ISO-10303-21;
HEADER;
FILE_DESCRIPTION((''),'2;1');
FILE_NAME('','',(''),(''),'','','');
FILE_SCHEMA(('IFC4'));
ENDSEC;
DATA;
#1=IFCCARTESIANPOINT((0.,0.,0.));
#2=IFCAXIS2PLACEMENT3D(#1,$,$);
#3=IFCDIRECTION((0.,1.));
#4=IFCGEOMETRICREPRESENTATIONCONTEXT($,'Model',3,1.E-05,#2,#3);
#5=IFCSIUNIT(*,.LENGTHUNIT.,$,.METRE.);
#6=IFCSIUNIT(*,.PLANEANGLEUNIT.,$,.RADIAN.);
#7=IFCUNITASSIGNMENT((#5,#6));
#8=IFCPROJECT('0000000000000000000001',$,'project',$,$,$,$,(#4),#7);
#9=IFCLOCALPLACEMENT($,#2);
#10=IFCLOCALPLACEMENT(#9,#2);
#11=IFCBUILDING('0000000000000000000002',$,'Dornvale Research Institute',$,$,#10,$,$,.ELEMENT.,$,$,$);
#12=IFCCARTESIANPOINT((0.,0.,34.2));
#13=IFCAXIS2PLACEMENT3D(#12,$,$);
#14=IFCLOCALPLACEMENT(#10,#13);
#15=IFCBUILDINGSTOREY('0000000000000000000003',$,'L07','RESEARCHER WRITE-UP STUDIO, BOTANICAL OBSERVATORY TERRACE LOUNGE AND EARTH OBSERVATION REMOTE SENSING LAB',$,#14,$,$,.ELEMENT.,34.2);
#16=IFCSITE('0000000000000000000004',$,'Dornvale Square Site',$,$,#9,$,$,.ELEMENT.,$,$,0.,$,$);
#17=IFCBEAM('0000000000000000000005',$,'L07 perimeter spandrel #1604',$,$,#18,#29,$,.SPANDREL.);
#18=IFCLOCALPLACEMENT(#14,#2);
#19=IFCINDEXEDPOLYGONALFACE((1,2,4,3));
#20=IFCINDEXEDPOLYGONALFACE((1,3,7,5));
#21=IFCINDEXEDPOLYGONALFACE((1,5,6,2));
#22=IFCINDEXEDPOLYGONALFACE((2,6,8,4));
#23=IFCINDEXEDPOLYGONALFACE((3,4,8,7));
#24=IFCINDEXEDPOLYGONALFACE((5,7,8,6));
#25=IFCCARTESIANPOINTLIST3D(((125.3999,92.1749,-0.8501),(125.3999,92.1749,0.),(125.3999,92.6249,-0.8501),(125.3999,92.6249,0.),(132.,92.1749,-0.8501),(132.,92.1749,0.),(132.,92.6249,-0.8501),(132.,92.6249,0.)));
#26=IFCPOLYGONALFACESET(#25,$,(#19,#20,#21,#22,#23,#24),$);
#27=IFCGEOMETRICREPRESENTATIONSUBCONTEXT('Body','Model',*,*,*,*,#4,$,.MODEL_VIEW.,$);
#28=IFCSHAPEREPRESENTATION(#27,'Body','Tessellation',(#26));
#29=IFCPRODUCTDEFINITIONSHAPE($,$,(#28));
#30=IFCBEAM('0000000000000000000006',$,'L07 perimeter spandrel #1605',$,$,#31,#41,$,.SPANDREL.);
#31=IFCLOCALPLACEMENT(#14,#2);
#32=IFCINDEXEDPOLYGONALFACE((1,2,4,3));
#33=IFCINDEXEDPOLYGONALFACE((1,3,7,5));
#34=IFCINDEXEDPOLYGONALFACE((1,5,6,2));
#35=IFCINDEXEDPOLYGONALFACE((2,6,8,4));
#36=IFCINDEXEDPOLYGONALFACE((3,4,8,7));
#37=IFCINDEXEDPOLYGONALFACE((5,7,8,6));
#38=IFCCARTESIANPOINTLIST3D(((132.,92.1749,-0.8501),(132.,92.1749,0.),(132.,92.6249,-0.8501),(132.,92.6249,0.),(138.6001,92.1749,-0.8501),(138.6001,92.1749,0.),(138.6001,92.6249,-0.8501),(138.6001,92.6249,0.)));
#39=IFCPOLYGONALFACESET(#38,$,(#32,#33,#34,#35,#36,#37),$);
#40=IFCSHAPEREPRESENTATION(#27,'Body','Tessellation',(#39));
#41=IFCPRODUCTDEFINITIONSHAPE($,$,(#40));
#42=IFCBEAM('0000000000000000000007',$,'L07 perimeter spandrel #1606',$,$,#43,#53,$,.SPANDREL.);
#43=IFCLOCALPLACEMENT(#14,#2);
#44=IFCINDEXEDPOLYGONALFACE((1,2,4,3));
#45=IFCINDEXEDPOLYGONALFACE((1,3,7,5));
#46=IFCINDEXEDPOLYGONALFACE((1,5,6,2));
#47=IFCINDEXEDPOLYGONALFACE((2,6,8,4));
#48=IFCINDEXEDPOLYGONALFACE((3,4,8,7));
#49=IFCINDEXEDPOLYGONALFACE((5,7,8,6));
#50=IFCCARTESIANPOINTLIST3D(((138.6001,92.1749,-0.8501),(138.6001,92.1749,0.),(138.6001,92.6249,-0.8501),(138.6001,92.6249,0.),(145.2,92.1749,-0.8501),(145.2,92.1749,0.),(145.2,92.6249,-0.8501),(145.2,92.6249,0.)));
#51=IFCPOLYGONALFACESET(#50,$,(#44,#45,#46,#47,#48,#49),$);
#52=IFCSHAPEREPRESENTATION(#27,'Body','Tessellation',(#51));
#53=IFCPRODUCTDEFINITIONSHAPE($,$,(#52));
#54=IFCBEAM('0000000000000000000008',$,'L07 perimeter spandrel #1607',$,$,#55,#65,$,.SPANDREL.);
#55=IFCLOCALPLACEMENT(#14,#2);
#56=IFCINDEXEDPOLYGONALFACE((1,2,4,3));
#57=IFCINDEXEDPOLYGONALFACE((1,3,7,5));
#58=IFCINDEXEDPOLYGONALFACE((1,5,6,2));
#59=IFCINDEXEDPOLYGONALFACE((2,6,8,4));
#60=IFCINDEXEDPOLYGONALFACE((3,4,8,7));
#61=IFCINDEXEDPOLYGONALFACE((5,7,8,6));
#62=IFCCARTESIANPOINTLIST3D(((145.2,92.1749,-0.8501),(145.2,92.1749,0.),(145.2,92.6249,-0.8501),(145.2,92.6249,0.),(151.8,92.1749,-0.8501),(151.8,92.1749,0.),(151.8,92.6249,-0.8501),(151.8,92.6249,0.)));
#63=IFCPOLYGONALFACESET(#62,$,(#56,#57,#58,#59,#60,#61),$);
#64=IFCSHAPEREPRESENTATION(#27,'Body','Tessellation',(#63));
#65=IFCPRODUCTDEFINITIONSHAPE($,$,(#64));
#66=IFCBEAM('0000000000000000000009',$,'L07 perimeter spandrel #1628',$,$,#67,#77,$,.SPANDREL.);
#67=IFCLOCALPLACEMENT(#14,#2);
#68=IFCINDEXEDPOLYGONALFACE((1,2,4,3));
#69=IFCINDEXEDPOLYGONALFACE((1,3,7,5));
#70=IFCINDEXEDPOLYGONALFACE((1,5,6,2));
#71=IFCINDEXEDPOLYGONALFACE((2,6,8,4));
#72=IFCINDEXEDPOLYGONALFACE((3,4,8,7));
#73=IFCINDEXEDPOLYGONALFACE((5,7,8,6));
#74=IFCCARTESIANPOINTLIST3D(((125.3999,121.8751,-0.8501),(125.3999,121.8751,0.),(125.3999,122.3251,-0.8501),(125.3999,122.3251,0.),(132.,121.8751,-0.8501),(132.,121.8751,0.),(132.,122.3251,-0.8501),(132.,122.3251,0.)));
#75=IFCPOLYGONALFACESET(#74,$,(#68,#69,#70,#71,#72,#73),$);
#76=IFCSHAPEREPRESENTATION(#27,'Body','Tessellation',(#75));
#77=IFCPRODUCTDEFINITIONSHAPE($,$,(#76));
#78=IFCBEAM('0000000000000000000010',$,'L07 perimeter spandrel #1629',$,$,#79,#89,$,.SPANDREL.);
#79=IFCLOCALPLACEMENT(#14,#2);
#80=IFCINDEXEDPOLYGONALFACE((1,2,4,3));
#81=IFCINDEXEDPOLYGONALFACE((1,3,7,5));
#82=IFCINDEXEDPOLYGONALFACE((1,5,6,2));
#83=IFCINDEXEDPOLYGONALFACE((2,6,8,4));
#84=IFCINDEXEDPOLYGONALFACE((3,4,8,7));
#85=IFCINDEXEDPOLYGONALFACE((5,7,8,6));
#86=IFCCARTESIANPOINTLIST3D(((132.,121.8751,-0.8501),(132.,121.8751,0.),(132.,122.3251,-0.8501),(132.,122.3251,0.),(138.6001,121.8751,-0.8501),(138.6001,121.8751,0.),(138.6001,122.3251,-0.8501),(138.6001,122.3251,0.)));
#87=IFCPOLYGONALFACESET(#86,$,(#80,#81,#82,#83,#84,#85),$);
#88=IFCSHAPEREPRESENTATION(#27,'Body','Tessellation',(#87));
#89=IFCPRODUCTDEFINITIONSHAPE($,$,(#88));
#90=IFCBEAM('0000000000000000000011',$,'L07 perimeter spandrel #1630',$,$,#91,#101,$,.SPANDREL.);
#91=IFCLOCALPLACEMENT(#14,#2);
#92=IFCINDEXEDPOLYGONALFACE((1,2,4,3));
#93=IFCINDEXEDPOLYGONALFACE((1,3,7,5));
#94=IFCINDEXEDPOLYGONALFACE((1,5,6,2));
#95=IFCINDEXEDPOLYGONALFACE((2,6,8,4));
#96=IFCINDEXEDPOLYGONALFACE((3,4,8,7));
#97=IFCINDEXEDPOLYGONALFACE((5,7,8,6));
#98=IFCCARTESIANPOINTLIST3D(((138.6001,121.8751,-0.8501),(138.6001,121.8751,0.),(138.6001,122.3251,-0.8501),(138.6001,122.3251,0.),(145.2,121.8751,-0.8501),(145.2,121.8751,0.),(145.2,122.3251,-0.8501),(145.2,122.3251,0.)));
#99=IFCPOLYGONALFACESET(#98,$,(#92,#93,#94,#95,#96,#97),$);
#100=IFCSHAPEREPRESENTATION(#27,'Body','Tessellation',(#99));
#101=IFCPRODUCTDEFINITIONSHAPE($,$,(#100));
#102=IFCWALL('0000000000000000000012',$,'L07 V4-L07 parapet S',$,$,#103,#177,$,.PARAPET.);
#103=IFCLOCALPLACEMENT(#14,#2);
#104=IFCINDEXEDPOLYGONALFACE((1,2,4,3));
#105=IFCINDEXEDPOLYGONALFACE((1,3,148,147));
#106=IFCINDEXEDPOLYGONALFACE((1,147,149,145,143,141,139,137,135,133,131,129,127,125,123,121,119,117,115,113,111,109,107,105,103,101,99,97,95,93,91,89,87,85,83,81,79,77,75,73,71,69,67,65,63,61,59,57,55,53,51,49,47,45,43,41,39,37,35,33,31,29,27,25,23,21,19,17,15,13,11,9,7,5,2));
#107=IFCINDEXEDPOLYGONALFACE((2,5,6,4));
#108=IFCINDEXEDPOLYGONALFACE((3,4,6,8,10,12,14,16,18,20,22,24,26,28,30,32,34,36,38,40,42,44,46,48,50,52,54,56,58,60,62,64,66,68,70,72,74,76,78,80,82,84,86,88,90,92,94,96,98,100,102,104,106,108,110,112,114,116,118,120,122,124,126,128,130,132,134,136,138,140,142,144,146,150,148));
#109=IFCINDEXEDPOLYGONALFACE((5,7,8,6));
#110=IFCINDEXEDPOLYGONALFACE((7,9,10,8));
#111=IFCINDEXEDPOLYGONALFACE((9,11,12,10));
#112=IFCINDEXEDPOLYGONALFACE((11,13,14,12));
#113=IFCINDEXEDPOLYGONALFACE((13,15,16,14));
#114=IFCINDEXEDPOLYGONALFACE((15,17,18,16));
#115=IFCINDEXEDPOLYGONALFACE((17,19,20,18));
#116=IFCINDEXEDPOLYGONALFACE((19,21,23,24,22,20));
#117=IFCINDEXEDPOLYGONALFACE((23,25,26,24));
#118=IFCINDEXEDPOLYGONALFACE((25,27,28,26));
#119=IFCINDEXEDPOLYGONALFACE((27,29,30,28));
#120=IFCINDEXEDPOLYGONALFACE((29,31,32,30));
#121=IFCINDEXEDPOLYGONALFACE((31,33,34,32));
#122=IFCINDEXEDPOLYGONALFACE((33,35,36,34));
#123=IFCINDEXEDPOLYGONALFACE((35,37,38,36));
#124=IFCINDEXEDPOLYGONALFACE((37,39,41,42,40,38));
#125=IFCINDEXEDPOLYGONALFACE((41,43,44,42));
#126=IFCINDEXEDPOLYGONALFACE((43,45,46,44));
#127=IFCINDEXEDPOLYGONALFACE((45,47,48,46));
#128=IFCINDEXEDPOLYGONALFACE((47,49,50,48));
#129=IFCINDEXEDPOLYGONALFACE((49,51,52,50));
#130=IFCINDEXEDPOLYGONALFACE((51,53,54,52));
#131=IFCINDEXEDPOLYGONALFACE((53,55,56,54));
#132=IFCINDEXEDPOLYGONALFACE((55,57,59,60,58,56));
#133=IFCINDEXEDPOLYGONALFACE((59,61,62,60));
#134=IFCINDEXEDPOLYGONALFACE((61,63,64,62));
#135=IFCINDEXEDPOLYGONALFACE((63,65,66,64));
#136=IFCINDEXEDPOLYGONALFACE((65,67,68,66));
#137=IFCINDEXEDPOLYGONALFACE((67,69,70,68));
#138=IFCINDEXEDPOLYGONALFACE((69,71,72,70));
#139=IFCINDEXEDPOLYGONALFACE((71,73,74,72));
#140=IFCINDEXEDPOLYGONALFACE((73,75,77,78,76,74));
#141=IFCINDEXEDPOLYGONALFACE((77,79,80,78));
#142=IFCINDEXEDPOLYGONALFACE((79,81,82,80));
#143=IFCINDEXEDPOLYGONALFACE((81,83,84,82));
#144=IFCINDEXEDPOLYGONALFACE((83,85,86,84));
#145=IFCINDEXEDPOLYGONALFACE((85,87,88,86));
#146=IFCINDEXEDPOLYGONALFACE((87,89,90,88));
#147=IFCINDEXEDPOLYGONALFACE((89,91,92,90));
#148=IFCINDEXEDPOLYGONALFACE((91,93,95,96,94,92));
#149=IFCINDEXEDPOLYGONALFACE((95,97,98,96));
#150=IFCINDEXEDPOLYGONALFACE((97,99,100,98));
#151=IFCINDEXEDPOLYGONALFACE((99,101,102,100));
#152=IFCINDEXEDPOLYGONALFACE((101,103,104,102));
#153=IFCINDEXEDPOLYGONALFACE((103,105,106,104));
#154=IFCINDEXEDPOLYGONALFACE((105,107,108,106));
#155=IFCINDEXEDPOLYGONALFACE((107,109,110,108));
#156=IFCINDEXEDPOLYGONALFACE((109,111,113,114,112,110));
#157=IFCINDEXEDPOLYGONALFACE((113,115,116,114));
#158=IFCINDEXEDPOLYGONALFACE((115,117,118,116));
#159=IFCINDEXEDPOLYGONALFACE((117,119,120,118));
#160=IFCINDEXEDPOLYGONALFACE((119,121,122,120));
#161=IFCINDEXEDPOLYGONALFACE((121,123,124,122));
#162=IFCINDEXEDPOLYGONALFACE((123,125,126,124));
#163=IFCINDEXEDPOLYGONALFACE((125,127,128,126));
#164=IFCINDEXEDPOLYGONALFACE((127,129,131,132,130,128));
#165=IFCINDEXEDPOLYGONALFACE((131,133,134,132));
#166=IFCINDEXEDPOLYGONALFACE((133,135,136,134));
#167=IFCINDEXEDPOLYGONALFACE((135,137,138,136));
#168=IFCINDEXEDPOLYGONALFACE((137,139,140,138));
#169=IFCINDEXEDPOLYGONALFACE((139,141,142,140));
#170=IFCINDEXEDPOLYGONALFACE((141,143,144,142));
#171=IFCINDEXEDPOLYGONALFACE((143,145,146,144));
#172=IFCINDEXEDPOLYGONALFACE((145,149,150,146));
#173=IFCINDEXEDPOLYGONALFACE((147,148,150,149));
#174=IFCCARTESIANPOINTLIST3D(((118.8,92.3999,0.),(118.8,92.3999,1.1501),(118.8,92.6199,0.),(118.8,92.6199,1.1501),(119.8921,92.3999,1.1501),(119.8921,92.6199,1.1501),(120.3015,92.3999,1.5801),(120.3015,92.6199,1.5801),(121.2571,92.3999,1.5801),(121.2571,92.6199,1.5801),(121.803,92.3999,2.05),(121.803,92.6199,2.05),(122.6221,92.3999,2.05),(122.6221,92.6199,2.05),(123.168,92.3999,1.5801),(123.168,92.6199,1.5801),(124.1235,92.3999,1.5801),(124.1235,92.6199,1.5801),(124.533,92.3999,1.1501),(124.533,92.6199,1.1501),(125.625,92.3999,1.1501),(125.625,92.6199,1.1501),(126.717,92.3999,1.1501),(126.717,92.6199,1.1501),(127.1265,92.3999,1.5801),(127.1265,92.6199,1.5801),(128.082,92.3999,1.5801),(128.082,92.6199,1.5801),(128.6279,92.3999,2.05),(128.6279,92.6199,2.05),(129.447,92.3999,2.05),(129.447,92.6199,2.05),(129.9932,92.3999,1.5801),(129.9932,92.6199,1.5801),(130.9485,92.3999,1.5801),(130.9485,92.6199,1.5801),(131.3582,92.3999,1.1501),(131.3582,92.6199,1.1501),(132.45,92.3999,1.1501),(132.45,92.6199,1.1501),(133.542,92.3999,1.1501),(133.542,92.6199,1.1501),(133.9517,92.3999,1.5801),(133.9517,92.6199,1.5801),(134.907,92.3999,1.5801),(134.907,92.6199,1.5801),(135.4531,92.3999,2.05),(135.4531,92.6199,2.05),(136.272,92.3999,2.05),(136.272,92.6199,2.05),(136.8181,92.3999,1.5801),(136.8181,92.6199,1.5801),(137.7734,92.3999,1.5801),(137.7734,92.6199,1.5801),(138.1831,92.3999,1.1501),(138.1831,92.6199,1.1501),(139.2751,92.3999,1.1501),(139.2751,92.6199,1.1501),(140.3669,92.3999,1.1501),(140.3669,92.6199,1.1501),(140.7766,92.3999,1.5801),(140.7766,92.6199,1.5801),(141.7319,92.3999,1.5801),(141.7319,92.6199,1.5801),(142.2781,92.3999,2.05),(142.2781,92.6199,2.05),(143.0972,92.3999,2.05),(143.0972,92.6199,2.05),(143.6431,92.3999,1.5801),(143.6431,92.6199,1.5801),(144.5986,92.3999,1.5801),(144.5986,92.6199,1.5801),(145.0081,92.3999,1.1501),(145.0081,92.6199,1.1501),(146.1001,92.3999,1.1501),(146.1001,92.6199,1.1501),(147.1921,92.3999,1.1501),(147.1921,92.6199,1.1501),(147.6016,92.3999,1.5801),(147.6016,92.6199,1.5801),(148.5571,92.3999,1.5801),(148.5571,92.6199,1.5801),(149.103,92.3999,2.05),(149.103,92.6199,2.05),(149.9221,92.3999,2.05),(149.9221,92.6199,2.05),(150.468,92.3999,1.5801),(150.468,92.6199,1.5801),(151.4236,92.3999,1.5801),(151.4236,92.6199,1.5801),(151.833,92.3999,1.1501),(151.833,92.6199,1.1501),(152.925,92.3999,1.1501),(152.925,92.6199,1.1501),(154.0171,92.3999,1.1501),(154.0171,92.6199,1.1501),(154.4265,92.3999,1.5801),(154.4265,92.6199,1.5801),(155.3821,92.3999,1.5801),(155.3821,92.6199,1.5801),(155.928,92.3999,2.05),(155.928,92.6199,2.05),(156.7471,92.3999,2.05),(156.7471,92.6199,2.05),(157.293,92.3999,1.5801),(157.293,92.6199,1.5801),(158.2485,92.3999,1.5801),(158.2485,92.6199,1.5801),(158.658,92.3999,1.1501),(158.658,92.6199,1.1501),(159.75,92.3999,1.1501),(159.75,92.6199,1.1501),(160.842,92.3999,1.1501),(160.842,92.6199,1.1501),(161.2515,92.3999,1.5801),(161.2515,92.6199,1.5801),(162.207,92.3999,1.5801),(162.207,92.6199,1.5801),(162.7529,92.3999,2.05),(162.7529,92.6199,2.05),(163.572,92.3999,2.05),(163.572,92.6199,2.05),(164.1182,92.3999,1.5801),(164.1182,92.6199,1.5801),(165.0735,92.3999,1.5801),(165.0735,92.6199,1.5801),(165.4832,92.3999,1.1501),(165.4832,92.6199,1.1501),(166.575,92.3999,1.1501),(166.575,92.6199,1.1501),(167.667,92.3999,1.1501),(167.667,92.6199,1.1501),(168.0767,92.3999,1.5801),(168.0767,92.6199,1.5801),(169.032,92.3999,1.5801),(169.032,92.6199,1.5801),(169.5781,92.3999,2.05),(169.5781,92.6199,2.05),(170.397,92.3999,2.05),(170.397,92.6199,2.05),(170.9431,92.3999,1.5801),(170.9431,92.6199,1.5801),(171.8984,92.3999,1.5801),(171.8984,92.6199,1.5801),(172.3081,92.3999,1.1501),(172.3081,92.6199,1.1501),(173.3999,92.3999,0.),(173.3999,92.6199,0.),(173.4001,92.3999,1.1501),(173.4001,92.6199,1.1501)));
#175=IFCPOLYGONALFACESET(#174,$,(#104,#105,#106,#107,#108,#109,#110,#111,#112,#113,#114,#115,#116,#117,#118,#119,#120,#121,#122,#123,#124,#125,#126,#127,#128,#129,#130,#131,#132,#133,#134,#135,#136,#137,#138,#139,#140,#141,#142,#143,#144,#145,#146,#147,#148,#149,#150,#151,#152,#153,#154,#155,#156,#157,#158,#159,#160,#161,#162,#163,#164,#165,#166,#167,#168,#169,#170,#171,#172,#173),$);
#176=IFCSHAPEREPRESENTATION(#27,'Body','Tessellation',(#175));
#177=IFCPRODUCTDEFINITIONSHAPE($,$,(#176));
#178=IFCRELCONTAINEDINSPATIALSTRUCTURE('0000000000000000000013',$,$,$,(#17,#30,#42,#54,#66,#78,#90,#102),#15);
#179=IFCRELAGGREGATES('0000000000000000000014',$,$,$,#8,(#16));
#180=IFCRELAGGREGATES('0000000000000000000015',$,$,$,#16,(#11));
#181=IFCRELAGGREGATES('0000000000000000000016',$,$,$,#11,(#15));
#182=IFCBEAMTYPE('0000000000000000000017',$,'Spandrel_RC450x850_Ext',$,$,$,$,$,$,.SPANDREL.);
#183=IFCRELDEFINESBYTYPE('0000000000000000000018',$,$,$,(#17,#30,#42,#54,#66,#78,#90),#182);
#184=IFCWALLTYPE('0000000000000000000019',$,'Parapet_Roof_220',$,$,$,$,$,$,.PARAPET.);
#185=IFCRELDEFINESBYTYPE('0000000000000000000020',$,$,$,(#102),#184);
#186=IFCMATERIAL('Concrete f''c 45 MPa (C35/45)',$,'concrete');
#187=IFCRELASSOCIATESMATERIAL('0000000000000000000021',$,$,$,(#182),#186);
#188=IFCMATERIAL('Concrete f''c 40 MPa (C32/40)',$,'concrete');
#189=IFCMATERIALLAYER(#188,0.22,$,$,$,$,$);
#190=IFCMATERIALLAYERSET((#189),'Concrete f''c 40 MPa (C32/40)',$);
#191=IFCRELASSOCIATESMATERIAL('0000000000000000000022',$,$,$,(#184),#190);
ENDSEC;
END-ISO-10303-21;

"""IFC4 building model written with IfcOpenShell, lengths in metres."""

from ifc_helpers import new_model, si_unit, direction, frame, origin, origin_2d, place, context, subcontext, project, spatial, polyline, rectangle, outline, extrude, material, layer, layer_set, material_profile, profile_set, type_object, element, save


model = new_model("IFC4")

# Units and contexts
model_context = context("Model", 3, precision=1e-05, world=origin(), true_north=direction((0.0, 1.0)))
body_context = subcontext(model_context, "Body", "Model", "MODEL_VIEW")
ifc_project = project(units=[si_unit("LENGTHUNIT", "METRE"), si_unit("PLANEANGLEUNIT", "RADIAN")], contexts=[model_context])

# Site, building, storey
site_placement = place(None, origin())
site = spatial("IfcSite", under=ifc_project, at=site_placement, Name="Dornvale Square Site", CompositionType="ELEMENT", RefElevation=0.0)
building_placement = place(site_placement, origin())
building = spatial("IfcBuilding", under=site, at=building_placement, Name="Dornvale Research Institute", CompositionType="ELEMENT")
storey_placement = place(building_placement, frame((0.0, 0.0, 34.2)))
storey = spatial("IfcBuildingStorey", under=building, at=storey_placement, Name="L07", Description="RESEARCHER WRITE-UP STUDIO, BOTANICAL OBSERVATORY TERRACE LOUNGE AND EARTH OBSERVATION REMOTE SENSING LAB", CompositionType="ELEMENT", Elevation=34.2)

# Beams
ifc_material_1 = material(Name="Concrete f'c 45 MPa (C35/45)", Category="concrete")
ifc_material_profile_1 = material_profile(ifc_material_1, rectangle(XDim=0.45, YDim=0.8501, at=origin_2d()), Name="RC 450x850")
ifc_profile_set_1 = profile_set([ifc_material_profile_1], Name="Concrete f'c 45 MPa (C35/45)")
beam_type_1 = type_object("IfcBeamType", Name="Spandrel_RC450x850_Ext", PredefinedType="SPANDREL", material=ifc_profile_set_1)
for number, where, z_axis, x_axis, name in (
    (1, (125.3999, 92.3999, -0.425), (1.0, 0.0, 0.0), (0.0, 1.0, 0.0), "L07 perimeter spandrel #1604"),
    (2, (132.0, 92.3999, -0.425), (1.0, 0.0, 0.0), (0.0, 1.0, 0.0), "L07 perimeter spandrel #1605"),
):
    element("IfcBeam", number, at=place(storey_placement, frame(where, z_axis=z_axis, x_axis=x_axis)), inside=storey, type_object=beam_type_1, Name=name, PredefinedType="SPANDREL", context=body_context, shape_type="SweptSolid", body=[
        extrude(rectangle(XDim=0.45, YDim=0.8501, at=origin_2d()), origin(), (0.0, 0.0, 1.0), 6.6001),
    ])
beam_1_placement = place(storey_placement, frame((138.6001, 92.3999, -0.425), z_axis=(1.0, 0.0, 0.0), x_axis=(0.0, 1.0, 0.0)))
element("IfcBeam", 3, at=beam_1_placement, inside=storey, type_object=beam_type_1, Name="L07 perimeter spandrel #1606", PredefinedType="SPANDREL", context=body_context, shape_type="SweptSolid", body=[
    extrude(rectangle(XDim=0.45, YDim=0.8501, at=origin_2d()), origin(), (0.0, 0.0, 1.0), 6.5999),
])
for number, where, z_axis, x_axis, name in (
    (4, (145.2, 92.3999, -0.425), (1.0, 0.0, 0.0), (0.0, 1.0, 0.0), "L07 perimeter spandrel #1607"),
    (5, (125.3999, 122.1001, -0.425), (1.0, 0.0, 0.0), (0.0, 1.0, 0.0), "L07 perimeter spandrel #1628"),
    (6, (132.0, 122.1001, -0.425), (1.0, 0.0, 0.0), (0.0, 1.0, 0.0), "L07 perimeter spandrel #1629"),
):
    element("IfcBeam", number, at=place(storey_placement, frame(where, z_axis=z_axis, x_axis=x_axis)), inside=storey, type_object=beam_type_1, Name=name, PredefinedType="SPANDREL", context=body_context, shape_type="SweptSolid", body=[
        extrude(rectangle(XDim=0.45, YDim=0.8501, at=origin_2d()), origin(), (0.0, 0.0, 1.0), 6.6001),
    ])
beam_2_placement = place(storey_placement, frame((138.6001, 122.1001, -0.425), z_axis=(1.0, 0.0, 0.0), x_axis=(0.0, 1.0, 0.0)))
element("IfcBeam", 7, at=beam_2_placement, inside=storey, type_object=beam_type_1, Name="L07 perimeter spandrel #1630", PredefinedType="SPANDREL", context=body_context, shape_type="SweptSolid", body=[
    extrude(rectangle(XDim=0.45, YDim=0.8501, at=origin_2d()), origin(), (0.0, 0.0, 1.0), 6.5999),
])

# Wall
ifc_material_2 = material(Name="Concrete f'c 40 MPa (C32/40)", Category="concrete")
ifc_layer_1 = layer(ifc_material_2, 0.22)
ifc_layer_set_1 = layer_set([ifc_layer_1], Name="Concrete f'c 40 MPa (C32/40)")
wall_type = type_object("IfcWallType", Name="Parapet_Roof_220", PredefinedType="PARAPET", material=ifc_layer_set_1)
wall_1_placement = place(storey_placement, frame((118.8, 92.51, 0.0), z_axis=(0.0, 0.0, 1.0), x_axis=(1.0, 0.0, 0.0)))
element("IfcWall", 8, at=wall_1_placement, inside=storey, type_object=wall_type, Name="L07 V4-L07 parapet S", PredefinedType="PARAPET", context=body_context, shape_type="SweptSolid", body=[
    extrude(outline(polyline([(0.0, 0.0), (54.5999, 0.0), (54.6001, 1.1501), (53.5081, 1.1501), (53.0984, 1.5801), (52.1431, 1.5801), (51.5969, 2.05), (50.7781, 2.05), (50.2319, 1.5801), (49.2766, 1.5801), (48.8669, 1.1501), (47.7749, 1.1501), (46.6831, 1.1501), (46.2734, 1.5801), (45.3181, 1.5801), (44.772, 2.05), (43.9529, 2.05), (43.407, 1.5801), (42.4514, 1.5801), (42.042, 1.1501), (40.95, 1.1501), (39.8579, 1.1501), (39.4485, 1.5801), (38.4929, 1.5801), (37.947, 2.05), (37.1279, 2.05), (36.582, 1.5801), (35.6265, 1.5801), (35.217, 1.1501), (34.125, 1.1501), (33.033, 1.1501), (32.6235, 1.5801), (31.668, 1.5801), (31.1221, 2.05), (30.303, 2.05), (29.7571, 1.5801), (28.8015, 1.5801), (28.3921, 1.1501), (27.3, 1.1501), (26.208, 1.1501), (25.7986, 1.5801), (24.843, 1.5801), (24.2971, 2.05), (23.478, 2.05), (22.9319, 1.5801), (21.9766, 1.5801), (21.5669, 1.1501), (20.4751, 1.1501), (19.3831, 1.1501), (18.9734, 1.5801), (18.0181, 1.5801), (17.4719, 2.05), (16.6531, 2.05), (16.1069, 1.5801), (15.1516, 1.5801), (14.7419, 1.1501), (13.6499, 1.1501), (12.5581, 1.1501), (12.1484, 1.5801), (11.1931, 1.5801), (10.647, 2.05), (9.8279, 2.05), (9.282, 1.5801), (8.3264, 1.5801), (7.917, 1.1501), (6.825, 1.1501), (5.7329, 1.1501), (5.3235, 1.5801), (4.3679, 1.5801), (3.822, 2.05), (3.0029, 2.05), (2.457, 1.5801), (1.5015, 1.5801), (1.092, 1.1501), (0.0, 1.1501), (0.0, 0.0)])), frame((0.0, 0.1099, 0.0), z_axis=(0.0, -1.0, 0.0), x_axis=(1.0, 0.0, 0.0)), (0.0, 0.0, 1.0), 0.22),
])

save(model, "model.ifc")
